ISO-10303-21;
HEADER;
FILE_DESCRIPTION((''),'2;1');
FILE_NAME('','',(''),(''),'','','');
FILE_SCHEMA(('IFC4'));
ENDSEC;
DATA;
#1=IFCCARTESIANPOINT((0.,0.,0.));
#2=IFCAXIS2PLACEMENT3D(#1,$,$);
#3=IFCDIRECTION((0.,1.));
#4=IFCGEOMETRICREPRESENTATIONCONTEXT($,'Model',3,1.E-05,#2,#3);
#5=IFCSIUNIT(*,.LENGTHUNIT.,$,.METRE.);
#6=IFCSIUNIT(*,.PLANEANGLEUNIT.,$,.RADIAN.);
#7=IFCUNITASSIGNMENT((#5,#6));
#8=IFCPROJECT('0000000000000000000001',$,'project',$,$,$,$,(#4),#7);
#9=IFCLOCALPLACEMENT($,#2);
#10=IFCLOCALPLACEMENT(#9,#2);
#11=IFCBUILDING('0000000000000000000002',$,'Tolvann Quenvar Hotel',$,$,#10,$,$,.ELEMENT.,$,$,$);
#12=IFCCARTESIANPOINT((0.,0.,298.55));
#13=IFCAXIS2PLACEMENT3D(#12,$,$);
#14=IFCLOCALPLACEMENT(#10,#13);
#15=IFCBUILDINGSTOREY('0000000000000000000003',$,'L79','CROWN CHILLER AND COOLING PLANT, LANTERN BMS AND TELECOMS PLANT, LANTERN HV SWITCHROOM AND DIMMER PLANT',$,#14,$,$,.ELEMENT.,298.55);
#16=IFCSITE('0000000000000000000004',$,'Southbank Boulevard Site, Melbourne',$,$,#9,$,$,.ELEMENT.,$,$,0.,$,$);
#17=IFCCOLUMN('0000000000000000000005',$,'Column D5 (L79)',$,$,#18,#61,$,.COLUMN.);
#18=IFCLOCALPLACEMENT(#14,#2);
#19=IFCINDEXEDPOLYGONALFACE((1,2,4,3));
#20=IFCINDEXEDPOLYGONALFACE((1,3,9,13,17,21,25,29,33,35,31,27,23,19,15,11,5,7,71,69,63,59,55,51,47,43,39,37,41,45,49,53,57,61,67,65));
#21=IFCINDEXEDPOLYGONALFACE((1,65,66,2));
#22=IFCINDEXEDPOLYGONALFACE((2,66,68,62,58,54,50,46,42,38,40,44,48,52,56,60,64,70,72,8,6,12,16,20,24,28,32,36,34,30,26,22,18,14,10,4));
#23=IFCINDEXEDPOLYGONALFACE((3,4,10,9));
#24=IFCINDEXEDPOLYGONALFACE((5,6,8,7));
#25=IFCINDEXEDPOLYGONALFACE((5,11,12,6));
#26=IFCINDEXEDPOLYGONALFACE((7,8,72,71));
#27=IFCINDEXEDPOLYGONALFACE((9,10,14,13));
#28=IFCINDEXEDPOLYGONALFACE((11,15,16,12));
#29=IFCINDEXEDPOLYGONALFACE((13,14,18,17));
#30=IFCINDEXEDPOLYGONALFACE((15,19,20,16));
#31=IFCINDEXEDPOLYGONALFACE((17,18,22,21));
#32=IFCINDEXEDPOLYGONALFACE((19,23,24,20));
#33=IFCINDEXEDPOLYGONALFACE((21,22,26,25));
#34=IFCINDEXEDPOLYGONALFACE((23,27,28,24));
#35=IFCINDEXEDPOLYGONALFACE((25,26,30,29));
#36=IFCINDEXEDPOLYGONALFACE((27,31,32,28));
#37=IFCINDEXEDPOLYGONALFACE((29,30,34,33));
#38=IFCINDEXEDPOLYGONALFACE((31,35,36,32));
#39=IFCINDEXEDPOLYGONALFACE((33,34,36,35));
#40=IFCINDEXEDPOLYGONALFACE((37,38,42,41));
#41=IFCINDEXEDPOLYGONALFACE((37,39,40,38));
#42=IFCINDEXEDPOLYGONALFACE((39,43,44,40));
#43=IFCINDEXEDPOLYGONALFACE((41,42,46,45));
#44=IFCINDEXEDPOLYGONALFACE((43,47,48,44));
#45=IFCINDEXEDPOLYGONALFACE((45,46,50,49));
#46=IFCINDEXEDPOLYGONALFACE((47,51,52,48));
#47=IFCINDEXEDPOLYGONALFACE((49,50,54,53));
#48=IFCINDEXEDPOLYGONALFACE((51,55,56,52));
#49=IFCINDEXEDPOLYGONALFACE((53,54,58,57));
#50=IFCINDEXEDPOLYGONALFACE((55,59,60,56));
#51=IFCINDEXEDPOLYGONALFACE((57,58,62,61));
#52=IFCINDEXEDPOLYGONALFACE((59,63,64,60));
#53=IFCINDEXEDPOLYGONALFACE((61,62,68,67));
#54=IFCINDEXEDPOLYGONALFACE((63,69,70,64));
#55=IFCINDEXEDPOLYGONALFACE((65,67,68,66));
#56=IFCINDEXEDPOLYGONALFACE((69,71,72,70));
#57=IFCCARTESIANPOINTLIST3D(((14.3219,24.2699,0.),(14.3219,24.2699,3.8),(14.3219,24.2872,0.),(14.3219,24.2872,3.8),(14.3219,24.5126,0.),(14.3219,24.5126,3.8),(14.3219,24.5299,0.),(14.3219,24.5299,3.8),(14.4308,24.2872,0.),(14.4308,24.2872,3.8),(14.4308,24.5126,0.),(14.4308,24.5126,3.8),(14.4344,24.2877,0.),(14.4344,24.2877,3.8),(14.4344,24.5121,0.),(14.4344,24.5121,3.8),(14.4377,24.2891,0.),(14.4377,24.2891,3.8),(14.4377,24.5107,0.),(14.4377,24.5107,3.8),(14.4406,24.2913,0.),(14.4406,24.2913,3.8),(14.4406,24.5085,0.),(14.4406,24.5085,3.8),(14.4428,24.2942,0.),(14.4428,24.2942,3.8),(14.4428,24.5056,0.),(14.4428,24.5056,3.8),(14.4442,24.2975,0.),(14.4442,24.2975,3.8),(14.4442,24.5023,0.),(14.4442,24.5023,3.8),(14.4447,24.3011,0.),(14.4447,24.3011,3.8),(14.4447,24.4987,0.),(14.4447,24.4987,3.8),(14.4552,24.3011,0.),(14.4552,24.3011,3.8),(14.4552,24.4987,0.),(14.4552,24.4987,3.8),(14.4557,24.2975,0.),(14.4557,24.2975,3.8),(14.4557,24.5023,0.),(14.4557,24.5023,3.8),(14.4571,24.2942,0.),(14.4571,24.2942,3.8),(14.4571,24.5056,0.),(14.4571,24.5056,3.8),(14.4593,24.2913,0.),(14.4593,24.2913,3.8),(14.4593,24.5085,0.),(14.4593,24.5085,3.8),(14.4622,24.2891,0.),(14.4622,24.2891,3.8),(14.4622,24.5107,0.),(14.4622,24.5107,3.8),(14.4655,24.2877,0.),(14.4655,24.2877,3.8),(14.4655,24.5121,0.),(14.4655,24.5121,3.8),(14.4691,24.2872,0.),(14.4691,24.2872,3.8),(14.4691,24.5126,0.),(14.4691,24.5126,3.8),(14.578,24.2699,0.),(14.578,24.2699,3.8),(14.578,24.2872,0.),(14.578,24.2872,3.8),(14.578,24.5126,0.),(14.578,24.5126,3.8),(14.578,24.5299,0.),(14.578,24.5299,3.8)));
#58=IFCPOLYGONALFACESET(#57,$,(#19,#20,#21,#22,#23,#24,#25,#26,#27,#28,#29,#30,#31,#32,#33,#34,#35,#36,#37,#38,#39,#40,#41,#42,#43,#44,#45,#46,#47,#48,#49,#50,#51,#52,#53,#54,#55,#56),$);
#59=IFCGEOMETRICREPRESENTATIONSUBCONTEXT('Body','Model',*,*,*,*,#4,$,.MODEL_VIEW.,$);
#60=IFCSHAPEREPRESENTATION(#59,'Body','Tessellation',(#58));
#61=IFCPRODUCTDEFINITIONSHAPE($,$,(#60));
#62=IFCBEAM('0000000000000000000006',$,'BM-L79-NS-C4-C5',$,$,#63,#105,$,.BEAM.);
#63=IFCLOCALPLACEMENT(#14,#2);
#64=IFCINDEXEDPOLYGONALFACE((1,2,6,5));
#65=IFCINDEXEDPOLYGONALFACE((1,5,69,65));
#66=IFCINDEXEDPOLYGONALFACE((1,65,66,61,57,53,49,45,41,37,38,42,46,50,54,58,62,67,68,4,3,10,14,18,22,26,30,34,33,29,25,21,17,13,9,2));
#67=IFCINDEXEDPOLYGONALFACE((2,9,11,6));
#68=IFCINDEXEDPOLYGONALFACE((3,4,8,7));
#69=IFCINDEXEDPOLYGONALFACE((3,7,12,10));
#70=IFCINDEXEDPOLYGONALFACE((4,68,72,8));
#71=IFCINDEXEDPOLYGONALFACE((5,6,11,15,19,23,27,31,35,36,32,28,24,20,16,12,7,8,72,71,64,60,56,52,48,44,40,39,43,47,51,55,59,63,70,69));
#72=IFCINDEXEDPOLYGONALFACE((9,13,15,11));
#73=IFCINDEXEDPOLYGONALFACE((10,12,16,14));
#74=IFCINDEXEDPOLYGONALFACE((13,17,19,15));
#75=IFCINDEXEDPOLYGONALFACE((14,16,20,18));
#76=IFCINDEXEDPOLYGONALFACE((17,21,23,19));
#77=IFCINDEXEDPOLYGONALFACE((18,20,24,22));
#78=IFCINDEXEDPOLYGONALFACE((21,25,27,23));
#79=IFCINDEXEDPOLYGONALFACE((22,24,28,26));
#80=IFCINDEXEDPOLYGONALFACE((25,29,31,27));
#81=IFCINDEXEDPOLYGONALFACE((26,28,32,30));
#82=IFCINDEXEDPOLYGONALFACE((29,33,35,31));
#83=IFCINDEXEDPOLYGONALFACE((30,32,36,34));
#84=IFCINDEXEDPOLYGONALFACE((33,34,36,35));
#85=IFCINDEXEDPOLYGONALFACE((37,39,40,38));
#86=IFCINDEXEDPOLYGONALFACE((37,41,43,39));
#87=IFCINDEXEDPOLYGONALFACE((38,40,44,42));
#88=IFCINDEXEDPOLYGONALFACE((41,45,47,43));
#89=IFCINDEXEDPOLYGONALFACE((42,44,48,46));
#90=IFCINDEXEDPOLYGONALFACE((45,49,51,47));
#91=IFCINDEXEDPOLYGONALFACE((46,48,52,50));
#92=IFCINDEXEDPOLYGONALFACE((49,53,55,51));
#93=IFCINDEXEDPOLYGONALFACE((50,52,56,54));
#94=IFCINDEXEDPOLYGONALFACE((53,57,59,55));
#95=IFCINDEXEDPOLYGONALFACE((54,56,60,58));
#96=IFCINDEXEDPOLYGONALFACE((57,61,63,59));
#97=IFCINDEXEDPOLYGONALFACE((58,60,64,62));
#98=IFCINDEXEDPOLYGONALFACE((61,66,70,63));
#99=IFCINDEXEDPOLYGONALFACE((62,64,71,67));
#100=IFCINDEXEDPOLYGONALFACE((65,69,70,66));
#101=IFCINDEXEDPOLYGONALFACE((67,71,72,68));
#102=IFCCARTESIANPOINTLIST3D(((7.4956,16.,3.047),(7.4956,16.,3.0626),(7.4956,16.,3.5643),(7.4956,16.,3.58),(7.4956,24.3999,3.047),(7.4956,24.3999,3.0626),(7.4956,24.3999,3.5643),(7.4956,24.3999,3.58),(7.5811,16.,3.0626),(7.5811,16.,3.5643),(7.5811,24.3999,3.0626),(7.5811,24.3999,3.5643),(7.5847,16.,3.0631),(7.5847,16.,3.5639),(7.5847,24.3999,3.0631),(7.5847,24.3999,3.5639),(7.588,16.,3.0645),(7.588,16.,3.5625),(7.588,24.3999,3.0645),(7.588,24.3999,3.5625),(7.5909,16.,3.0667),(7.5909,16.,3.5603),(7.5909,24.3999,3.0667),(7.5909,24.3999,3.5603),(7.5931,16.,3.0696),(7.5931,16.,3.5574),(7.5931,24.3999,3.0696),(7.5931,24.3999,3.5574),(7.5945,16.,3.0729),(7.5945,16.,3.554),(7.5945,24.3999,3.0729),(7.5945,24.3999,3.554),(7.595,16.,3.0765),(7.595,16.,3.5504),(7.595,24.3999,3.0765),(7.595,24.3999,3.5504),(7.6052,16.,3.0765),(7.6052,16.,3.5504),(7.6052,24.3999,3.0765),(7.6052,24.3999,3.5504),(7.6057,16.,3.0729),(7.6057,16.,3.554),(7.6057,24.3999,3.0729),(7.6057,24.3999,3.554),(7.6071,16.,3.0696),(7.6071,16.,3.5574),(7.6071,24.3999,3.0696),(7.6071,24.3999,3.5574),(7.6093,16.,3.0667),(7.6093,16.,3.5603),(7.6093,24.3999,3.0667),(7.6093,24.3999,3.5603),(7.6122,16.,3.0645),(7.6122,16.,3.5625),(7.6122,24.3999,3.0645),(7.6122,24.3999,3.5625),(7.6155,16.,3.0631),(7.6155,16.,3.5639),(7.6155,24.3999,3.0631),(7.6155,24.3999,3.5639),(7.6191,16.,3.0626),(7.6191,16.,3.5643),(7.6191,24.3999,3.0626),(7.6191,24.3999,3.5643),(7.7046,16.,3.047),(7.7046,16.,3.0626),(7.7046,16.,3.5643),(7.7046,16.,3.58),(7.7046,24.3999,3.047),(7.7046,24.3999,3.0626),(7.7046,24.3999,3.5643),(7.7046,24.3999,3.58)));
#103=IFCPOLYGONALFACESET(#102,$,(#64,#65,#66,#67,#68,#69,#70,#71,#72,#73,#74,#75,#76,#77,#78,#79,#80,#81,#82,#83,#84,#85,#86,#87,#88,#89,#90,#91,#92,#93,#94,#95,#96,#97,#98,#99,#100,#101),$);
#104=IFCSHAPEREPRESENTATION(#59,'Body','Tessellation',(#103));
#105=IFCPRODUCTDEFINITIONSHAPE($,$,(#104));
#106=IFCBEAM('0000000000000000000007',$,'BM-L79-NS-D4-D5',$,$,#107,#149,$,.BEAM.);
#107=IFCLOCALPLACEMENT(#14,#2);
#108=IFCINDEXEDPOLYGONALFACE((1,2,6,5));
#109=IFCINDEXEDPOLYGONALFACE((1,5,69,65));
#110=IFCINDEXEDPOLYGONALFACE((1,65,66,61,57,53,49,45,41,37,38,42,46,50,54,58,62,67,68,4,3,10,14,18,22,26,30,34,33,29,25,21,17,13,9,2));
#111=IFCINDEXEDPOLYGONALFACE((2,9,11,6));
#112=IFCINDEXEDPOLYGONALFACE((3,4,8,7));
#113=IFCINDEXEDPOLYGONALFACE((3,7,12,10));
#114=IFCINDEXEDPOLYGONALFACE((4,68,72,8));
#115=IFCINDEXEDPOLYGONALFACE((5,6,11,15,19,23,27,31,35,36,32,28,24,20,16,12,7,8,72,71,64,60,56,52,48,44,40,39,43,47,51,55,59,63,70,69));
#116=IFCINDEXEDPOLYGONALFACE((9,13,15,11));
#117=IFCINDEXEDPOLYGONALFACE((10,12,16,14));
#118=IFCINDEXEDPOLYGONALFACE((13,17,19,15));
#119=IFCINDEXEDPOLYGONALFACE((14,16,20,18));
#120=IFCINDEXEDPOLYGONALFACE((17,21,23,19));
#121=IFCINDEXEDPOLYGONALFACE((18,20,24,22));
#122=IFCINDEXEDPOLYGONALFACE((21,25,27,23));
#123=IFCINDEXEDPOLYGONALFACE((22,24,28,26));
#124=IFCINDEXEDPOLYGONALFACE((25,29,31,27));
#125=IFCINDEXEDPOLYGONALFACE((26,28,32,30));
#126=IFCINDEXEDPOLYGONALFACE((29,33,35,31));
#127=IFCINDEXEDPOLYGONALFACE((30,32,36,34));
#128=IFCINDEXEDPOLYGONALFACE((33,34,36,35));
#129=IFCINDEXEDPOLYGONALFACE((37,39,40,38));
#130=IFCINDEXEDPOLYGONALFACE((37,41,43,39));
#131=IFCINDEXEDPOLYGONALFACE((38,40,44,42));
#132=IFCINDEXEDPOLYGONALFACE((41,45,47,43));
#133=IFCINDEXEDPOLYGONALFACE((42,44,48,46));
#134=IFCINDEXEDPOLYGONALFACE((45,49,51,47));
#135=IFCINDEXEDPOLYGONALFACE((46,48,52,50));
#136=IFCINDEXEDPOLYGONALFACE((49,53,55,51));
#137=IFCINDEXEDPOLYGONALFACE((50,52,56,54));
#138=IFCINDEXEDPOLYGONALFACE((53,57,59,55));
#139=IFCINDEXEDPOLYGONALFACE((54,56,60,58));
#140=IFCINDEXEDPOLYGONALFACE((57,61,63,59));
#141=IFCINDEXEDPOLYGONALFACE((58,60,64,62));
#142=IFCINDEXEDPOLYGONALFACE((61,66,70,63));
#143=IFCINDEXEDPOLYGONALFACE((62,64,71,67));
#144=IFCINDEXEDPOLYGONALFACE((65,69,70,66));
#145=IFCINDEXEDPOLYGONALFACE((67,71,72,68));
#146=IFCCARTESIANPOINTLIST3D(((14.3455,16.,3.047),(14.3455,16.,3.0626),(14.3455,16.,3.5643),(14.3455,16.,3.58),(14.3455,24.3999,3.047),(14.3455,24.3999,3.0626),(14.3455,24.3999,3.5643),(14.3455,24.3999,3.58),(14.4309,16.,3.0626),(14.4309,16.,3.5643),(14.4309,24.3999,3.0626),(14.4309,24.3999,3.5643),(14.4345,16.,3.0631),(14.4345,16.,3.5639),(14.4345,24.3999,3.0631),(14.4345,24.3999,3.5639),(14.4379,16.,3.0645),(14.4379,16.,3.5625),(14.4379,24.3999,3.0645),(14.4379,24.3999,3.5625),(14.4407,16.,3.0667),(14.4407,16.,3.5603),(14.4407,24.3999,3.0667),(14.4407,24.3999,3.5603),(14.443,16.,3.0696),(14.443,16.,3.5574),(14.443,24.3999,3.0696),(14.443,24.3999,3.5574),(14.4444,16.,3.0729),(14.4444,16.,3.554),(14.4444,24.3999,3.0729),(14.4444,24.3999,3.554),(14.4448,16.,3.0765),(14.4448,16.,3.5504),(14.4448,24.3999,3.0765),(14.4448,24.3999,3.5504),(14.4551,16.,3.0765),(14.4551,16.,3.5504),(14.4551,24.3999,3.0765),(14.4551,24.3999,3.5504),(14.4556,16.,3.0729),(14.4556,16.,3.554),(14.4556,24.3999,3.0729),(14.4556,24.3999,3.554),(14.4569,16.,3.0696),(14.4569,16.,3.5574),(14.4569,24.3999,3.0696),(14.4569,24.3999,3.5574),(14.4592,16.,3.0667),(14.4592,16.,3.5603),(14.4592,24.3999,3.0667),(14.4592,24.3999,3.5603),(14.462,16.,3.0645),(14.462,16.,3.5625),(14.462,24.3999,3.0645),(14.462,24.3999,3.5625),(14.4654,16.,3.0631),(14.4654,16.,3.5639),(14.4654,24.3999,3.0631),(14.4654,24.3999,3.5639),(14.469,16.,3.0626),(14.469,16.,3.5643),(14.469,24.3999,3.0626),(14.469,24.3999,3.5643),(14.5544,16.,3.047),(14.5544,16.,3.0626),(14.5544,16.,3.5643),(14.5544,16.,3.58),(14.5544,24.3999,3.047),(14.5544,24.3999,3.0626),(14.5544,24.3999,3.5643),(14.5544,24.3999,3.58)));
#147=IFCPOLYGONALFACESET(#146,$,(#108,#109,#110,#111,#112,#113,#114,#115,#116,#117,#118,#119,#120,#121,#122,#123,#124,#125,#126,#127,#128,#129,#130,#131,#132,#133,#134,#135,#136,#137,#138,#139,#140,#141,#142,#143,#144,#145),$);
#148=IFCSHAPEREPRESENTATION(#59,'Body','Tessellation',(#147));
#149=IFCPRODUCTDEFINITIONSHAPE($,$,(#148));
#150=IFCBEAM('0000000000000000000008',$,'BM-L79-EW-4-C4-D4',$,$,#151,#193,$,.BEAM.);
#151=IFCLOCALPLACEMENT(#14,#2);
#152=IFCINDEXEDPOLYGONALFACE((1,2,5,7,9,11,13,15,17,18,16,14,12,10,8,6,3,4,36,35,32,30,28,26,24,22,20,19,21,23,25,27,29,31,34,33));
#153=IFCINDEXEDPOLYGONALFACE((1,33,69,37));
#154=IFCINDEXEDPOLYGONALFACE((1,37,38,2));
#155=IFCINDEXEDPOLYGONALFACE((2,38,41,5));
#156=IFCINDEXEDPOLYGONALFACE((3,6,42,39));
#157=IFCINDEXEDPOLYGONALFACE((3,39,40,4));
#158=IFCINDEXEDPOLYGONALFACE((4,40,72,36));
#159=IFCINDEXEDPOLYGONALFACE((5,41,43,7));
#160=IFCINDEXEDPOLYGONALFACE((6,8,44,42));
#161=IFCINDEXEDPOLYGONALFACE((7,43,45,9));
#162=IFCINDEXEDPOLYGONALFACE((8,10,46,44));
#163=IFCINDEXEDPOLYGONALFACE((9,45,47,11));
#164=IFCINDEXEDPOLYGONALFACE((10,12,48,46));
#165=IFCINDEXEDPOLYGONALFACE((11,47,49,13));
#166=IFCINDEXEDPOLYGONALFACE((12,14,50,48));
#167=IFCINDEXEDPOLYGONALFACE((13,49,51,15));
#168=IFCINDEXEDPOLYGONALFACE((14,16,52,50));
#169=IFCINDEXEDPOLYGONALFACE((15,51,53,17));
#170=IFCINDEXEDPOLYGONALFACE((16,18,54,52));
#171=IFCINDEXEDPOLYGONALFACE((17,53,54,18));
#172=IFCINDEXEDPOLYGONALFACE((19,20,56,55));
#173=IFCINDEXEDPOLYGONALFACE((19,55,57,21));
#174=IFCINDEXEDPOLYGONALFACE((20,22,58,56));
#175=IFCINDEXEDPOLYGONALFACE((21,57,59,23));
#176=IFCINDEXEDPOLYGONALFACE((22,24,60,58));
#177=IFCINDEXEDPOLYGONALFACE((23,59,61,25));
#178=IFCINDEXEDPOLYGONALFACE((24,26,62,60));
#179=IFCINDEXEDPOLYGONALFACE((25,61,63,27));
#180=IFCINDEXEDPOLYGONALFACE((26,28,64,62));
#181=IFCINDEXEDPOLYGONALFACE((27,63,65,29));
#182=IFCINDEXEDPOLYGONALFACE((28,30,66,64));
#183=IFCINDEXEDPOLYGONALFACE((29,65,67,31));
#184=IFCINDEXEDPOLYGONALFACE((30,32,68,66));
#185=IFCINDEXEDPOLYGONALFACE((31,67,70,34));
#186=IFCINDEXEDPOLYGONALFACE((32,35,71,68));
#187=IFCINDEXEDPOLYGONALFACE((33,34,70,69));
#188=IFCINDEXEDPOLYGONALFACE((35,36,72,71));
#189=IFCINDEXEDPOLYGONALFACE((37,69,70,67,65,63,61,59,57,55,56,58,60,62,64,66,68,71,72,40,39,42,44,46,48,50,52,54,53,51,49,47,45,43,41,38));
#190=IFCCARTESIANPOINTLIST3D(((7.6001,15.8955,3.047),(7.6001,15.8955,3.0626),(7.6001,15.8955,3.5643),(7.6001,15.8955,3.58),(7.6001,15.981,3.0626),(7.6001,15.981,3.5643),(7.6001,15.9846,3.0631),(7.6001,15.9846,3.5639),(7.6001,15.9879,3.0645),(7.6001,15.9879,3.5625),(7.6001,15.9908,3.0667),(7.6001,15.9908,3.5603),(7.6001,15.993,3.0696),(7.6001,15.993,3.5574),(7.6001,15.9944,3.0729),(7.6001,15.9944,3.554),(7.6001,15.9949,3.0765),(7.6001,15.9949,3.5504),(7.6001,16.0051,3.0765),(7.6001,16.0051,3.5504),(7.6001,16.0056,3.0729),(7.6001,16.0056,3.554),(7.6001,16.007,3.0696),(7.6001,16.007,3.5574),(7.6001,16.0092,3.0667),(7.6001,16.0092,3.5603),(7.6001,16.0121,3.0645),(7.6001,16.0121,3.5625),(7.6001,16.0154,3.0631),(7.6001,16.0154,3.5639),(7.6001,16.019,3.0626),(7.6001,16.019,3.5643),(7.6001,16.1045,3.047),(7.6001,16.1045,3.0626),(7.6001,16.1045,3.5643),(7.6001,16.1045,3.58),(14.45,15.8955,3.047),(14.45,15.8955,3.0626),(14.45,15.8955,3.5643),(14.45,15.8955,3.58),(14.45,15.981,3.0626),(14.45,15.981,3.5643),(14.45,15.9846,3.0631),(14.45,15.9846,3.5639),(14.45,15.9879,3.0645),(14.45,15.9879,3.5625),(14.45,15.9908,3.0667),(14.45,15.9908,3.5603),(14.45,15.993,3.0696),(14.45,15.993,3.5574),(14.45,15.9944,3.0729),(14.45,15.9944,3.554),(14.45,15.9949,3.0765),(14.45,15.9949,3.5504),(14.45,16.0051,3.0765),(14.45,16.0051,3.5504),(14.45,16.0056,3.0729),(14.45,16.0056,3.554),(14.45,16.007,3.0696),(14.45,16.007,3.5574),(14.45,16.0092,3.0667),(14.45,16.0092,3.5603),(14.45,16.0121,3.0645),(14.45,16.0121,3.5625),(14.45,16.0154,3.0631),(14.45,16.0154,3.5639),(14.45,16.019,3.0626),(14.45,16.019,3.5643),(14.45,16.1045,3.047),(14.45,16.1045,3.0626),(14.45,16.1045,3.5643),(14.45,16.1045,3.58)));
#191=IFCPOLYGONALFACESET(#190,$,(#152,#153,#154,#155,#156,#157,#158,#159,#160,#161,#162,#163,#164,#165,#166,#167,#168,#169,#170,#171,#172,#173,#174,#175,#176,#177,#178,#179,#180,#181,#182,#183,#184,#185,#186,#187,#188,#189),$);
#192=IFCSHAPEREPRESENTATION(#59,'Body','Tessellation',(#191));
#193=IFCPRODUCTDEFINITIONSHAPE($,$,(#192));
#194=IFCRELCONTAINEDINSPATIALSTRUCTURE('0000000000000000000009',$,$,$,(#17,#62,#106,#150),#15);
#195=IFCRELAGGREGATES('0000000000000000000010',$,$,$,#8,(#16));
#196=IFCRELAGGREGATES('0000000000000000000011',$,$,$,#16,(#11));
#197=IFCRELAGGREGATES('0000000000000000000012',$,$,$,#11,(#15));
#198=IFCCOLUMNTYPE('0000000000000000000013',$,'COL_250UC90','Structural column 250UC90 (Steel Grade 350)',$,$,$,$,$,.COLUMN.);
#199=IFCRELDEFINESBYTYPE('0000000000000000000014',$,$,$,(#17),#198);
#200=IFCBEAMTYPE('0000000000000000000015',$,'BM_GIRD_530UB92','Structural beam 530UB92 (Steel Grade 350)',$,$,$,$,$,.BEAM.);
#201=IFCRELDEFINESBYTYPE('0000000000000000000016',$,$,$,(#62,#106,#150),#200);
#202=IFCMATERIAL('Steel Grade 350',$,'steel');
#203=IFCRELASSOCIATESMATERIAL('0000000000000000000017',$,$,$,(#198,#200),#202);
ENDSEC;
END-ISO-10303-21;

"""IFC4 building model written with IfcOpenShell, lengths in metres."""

from ifc_helpers import new_model, si_unit, direction, frame, origin, origin_2d, place, context, subcontext, project, spatial, i_section, extrude, source, transform, mapped, material, material_profile, profile_set, type_object, type_shapes, element, save


model = new_model("IFC4")

# Units and contexts
model_context = context("Model", 3, precision=1e-05, world=origin(), true_north=direction((0.0, 1.0)))
body_context = subcontext(model_context, "Body", "Model", "MODEL_VIEW")
ifc_project = project(units=[si_unit("LENGTHUNIT", "METRE"), si_unit("PLANEANGLEUNIT", "RADIAN")], contexts=[model_context])

# Site, building, storey
site_placement = place(None, origin())
site = spatial("IfcSite", under=ifc_project, at=site_placement, Name="Southbank Boulevard Site, Melbourne", CompositionType="ELEMENT", RefElevation=0.0)
building_placement = place(site_placement, origin())
building = spatial("IfcBuilding", under=site, at=building_placement, Name="Tolvann Quenvar Hotel", CompositionType="ELEMENT")
storey_placement = place(building_placement, frame((0.0, 0.0, 298.55)))
storey = spatial("IfcBuildingStorey", under=building, at=storey_placement, Name="L79", Description="CROWN CHILLER AND COOLING PLANT, LANTERN BMS AND TELECOMS PLANT, LANTERN HV SWITCHROOM AND DIMMER PLANT", CompositionType="ELEMENT", Elevation=298.55)

# Column
ifc_material_1 = material(Name="Steel Grade 350", Category="steel")
ifc_material_profile_1 = material_profile(ifc_material_1, i_section(OverallWidth=0.2561, OverallDepth=0.26, WebThickness=0.0105, FlangeThickness=0.0173, FilletRadius=0.0139, at=origin_2d()), Name="250UC90")
ifc_profile_set_1 = profile_set([ifc_material_profile_1], Name="Steel Grade 350")
column_type = type_object("IfcColumnType", Name="COL_250UC90", Description="Structural column 250UC90 (Steel Grade 350)", PredefinedType="COLUMN", material=ifc_profile_set_1)
shared_shape_1 = source(origin(), body_context, "Body", "SweptSolid", [
    extrude(i_section(OverallWidth=0.2561, OverallDepth=0.26, WebThickness=0.0105, FlangeThickness=0.0173, FilletRadius=0.0139, at=origin_2d()), origin(), (0.0, 0.0, 1.0), 3.8),
])
type_shapes(column_type, [shared_shape_1])
for number, where, z_axis, x_axis, name in (
    (1, (14.45, 24.3999, 0.0), (0.0, 0.0, 1.0), (1.0, 0.0, 0.0), "Column D5 (L79)"),
):
    element("IfcColumn", number, at=place(storey_placement, frame(where, z_axis=z_axis, x_axis=x_axis)), inside=storey, type_object=column_type, Name=name, PredefinedType="COLUMN", context=body_context, shape_type="MappedRepresentation", body=[
        mapped(shared_shape_1, transform((0.0, 0.0, 0.0), x_axis=(1.0, 0.0, 0.0), y_axis=(0.0, 1.0, 0.0), z_axis=(0.0, 0.0, 1.0), scale=1.0)),
    ])

# Beams
ifc_material_profile_2 = material_profile(ifc_material_1, i_section(OverallWidth=0.209, OverallDepth=0.533, WebThickness=0.0103, FlangeThickness=0.0156, FilletRadius=0.0139, at=origin_2d()), Name="530UB92")
ifc_profile_set_2 = profile_set([ifc_material_profile_2], Name="Steel Grade 350")
beam_type_1 = type_object("IfcBeamType", Name="BM_GIRD_530UB92", Description="Structural beam 530UB92 (Steel Grade 350)", PredefinedType="BEAM", material=ifc_profile_set_2)
shared_shape_2 = source(origin(), body_context, "Body", "SweptSolid", [
    extrude(i_section(OverallWidth=0.209, OverallDepth=0.533, WebThickness=0.0103, FlangeThickness=0.0156, FilletRadius=0.0139, at=origin_2d()), origin(), (0.0, 0.0, 1.0), 8.3999),
])
for number, where, z_axis, x_axis, name in (
    (2, (7.6001, 16.0, 3.3135), (0.0, 1.0, 0.0), (-1.0, 0.0, 0.0), "BM-L79-NS-C4-C5"),
    (3, (14.45, 16.0, 3.3135), (0.0, 1.0, 0.0), (-1.0, 0.0, 0.0), "BM-L79-NS-D4-D5"),
):
    element("IfcBeam", number, at=place(storey_placement, frame(where, z_axis=z_axis, x_axis=x_axis)), inside=storey, type_object=beam_type_1, Name=name, PredefinedType="BEAM", context=body_context, shape_type="MappedRepresentation", body=[
        mapped(shared_shape_2, transform((0.0, 0.0, 0.0), x_axis=(1.0, 0.0, 0.0), y_axis=(0.0, 1.0, 0.0), z_axis=(0.0, 0.0, 1.0), scale=1.0)),
    ])
shared_shape_3 = source(origin(), body_context, "Body", "SweptSolid", [
    extrude(i_section(OverallWidth=0.209, OverallDepth=0.533, WebThickness=0.0103, FlangeThickness=0.0156, FilletRadius=0.0139, at=origin_2d()), origin(), (0.0, 0.0, 1.0), 6.8499),
])
for number, where, z_axis, x_axis, name in (
    (4, (7.6001, 16.0, 3.3135), (1.0, 0.0, 0.0), (0.0, 1.0, 0.0), "BM-L79-EW-4-C4-D4"),
):
    element("IfcBeam", number, at=place(storey_placement, frame(where, z_axis=z_axis, x_axis=x_axis)), inside=storey, type_object=beam_type_1, Name=name, PredefinedType="BEAM", context=body_context, shape_type="MappedRepresentation", body=[
        mapped(shared_shape_3, transform((0.0, 0.0, 0.0), x_axis=(1.0, 0.0, 0.0), y_axis=(0.0, 1.0, 0.0), z_axis=(0.0, 0.0, 1.0), scale=1.0)),
    ])

save(model, "model.ifc")
